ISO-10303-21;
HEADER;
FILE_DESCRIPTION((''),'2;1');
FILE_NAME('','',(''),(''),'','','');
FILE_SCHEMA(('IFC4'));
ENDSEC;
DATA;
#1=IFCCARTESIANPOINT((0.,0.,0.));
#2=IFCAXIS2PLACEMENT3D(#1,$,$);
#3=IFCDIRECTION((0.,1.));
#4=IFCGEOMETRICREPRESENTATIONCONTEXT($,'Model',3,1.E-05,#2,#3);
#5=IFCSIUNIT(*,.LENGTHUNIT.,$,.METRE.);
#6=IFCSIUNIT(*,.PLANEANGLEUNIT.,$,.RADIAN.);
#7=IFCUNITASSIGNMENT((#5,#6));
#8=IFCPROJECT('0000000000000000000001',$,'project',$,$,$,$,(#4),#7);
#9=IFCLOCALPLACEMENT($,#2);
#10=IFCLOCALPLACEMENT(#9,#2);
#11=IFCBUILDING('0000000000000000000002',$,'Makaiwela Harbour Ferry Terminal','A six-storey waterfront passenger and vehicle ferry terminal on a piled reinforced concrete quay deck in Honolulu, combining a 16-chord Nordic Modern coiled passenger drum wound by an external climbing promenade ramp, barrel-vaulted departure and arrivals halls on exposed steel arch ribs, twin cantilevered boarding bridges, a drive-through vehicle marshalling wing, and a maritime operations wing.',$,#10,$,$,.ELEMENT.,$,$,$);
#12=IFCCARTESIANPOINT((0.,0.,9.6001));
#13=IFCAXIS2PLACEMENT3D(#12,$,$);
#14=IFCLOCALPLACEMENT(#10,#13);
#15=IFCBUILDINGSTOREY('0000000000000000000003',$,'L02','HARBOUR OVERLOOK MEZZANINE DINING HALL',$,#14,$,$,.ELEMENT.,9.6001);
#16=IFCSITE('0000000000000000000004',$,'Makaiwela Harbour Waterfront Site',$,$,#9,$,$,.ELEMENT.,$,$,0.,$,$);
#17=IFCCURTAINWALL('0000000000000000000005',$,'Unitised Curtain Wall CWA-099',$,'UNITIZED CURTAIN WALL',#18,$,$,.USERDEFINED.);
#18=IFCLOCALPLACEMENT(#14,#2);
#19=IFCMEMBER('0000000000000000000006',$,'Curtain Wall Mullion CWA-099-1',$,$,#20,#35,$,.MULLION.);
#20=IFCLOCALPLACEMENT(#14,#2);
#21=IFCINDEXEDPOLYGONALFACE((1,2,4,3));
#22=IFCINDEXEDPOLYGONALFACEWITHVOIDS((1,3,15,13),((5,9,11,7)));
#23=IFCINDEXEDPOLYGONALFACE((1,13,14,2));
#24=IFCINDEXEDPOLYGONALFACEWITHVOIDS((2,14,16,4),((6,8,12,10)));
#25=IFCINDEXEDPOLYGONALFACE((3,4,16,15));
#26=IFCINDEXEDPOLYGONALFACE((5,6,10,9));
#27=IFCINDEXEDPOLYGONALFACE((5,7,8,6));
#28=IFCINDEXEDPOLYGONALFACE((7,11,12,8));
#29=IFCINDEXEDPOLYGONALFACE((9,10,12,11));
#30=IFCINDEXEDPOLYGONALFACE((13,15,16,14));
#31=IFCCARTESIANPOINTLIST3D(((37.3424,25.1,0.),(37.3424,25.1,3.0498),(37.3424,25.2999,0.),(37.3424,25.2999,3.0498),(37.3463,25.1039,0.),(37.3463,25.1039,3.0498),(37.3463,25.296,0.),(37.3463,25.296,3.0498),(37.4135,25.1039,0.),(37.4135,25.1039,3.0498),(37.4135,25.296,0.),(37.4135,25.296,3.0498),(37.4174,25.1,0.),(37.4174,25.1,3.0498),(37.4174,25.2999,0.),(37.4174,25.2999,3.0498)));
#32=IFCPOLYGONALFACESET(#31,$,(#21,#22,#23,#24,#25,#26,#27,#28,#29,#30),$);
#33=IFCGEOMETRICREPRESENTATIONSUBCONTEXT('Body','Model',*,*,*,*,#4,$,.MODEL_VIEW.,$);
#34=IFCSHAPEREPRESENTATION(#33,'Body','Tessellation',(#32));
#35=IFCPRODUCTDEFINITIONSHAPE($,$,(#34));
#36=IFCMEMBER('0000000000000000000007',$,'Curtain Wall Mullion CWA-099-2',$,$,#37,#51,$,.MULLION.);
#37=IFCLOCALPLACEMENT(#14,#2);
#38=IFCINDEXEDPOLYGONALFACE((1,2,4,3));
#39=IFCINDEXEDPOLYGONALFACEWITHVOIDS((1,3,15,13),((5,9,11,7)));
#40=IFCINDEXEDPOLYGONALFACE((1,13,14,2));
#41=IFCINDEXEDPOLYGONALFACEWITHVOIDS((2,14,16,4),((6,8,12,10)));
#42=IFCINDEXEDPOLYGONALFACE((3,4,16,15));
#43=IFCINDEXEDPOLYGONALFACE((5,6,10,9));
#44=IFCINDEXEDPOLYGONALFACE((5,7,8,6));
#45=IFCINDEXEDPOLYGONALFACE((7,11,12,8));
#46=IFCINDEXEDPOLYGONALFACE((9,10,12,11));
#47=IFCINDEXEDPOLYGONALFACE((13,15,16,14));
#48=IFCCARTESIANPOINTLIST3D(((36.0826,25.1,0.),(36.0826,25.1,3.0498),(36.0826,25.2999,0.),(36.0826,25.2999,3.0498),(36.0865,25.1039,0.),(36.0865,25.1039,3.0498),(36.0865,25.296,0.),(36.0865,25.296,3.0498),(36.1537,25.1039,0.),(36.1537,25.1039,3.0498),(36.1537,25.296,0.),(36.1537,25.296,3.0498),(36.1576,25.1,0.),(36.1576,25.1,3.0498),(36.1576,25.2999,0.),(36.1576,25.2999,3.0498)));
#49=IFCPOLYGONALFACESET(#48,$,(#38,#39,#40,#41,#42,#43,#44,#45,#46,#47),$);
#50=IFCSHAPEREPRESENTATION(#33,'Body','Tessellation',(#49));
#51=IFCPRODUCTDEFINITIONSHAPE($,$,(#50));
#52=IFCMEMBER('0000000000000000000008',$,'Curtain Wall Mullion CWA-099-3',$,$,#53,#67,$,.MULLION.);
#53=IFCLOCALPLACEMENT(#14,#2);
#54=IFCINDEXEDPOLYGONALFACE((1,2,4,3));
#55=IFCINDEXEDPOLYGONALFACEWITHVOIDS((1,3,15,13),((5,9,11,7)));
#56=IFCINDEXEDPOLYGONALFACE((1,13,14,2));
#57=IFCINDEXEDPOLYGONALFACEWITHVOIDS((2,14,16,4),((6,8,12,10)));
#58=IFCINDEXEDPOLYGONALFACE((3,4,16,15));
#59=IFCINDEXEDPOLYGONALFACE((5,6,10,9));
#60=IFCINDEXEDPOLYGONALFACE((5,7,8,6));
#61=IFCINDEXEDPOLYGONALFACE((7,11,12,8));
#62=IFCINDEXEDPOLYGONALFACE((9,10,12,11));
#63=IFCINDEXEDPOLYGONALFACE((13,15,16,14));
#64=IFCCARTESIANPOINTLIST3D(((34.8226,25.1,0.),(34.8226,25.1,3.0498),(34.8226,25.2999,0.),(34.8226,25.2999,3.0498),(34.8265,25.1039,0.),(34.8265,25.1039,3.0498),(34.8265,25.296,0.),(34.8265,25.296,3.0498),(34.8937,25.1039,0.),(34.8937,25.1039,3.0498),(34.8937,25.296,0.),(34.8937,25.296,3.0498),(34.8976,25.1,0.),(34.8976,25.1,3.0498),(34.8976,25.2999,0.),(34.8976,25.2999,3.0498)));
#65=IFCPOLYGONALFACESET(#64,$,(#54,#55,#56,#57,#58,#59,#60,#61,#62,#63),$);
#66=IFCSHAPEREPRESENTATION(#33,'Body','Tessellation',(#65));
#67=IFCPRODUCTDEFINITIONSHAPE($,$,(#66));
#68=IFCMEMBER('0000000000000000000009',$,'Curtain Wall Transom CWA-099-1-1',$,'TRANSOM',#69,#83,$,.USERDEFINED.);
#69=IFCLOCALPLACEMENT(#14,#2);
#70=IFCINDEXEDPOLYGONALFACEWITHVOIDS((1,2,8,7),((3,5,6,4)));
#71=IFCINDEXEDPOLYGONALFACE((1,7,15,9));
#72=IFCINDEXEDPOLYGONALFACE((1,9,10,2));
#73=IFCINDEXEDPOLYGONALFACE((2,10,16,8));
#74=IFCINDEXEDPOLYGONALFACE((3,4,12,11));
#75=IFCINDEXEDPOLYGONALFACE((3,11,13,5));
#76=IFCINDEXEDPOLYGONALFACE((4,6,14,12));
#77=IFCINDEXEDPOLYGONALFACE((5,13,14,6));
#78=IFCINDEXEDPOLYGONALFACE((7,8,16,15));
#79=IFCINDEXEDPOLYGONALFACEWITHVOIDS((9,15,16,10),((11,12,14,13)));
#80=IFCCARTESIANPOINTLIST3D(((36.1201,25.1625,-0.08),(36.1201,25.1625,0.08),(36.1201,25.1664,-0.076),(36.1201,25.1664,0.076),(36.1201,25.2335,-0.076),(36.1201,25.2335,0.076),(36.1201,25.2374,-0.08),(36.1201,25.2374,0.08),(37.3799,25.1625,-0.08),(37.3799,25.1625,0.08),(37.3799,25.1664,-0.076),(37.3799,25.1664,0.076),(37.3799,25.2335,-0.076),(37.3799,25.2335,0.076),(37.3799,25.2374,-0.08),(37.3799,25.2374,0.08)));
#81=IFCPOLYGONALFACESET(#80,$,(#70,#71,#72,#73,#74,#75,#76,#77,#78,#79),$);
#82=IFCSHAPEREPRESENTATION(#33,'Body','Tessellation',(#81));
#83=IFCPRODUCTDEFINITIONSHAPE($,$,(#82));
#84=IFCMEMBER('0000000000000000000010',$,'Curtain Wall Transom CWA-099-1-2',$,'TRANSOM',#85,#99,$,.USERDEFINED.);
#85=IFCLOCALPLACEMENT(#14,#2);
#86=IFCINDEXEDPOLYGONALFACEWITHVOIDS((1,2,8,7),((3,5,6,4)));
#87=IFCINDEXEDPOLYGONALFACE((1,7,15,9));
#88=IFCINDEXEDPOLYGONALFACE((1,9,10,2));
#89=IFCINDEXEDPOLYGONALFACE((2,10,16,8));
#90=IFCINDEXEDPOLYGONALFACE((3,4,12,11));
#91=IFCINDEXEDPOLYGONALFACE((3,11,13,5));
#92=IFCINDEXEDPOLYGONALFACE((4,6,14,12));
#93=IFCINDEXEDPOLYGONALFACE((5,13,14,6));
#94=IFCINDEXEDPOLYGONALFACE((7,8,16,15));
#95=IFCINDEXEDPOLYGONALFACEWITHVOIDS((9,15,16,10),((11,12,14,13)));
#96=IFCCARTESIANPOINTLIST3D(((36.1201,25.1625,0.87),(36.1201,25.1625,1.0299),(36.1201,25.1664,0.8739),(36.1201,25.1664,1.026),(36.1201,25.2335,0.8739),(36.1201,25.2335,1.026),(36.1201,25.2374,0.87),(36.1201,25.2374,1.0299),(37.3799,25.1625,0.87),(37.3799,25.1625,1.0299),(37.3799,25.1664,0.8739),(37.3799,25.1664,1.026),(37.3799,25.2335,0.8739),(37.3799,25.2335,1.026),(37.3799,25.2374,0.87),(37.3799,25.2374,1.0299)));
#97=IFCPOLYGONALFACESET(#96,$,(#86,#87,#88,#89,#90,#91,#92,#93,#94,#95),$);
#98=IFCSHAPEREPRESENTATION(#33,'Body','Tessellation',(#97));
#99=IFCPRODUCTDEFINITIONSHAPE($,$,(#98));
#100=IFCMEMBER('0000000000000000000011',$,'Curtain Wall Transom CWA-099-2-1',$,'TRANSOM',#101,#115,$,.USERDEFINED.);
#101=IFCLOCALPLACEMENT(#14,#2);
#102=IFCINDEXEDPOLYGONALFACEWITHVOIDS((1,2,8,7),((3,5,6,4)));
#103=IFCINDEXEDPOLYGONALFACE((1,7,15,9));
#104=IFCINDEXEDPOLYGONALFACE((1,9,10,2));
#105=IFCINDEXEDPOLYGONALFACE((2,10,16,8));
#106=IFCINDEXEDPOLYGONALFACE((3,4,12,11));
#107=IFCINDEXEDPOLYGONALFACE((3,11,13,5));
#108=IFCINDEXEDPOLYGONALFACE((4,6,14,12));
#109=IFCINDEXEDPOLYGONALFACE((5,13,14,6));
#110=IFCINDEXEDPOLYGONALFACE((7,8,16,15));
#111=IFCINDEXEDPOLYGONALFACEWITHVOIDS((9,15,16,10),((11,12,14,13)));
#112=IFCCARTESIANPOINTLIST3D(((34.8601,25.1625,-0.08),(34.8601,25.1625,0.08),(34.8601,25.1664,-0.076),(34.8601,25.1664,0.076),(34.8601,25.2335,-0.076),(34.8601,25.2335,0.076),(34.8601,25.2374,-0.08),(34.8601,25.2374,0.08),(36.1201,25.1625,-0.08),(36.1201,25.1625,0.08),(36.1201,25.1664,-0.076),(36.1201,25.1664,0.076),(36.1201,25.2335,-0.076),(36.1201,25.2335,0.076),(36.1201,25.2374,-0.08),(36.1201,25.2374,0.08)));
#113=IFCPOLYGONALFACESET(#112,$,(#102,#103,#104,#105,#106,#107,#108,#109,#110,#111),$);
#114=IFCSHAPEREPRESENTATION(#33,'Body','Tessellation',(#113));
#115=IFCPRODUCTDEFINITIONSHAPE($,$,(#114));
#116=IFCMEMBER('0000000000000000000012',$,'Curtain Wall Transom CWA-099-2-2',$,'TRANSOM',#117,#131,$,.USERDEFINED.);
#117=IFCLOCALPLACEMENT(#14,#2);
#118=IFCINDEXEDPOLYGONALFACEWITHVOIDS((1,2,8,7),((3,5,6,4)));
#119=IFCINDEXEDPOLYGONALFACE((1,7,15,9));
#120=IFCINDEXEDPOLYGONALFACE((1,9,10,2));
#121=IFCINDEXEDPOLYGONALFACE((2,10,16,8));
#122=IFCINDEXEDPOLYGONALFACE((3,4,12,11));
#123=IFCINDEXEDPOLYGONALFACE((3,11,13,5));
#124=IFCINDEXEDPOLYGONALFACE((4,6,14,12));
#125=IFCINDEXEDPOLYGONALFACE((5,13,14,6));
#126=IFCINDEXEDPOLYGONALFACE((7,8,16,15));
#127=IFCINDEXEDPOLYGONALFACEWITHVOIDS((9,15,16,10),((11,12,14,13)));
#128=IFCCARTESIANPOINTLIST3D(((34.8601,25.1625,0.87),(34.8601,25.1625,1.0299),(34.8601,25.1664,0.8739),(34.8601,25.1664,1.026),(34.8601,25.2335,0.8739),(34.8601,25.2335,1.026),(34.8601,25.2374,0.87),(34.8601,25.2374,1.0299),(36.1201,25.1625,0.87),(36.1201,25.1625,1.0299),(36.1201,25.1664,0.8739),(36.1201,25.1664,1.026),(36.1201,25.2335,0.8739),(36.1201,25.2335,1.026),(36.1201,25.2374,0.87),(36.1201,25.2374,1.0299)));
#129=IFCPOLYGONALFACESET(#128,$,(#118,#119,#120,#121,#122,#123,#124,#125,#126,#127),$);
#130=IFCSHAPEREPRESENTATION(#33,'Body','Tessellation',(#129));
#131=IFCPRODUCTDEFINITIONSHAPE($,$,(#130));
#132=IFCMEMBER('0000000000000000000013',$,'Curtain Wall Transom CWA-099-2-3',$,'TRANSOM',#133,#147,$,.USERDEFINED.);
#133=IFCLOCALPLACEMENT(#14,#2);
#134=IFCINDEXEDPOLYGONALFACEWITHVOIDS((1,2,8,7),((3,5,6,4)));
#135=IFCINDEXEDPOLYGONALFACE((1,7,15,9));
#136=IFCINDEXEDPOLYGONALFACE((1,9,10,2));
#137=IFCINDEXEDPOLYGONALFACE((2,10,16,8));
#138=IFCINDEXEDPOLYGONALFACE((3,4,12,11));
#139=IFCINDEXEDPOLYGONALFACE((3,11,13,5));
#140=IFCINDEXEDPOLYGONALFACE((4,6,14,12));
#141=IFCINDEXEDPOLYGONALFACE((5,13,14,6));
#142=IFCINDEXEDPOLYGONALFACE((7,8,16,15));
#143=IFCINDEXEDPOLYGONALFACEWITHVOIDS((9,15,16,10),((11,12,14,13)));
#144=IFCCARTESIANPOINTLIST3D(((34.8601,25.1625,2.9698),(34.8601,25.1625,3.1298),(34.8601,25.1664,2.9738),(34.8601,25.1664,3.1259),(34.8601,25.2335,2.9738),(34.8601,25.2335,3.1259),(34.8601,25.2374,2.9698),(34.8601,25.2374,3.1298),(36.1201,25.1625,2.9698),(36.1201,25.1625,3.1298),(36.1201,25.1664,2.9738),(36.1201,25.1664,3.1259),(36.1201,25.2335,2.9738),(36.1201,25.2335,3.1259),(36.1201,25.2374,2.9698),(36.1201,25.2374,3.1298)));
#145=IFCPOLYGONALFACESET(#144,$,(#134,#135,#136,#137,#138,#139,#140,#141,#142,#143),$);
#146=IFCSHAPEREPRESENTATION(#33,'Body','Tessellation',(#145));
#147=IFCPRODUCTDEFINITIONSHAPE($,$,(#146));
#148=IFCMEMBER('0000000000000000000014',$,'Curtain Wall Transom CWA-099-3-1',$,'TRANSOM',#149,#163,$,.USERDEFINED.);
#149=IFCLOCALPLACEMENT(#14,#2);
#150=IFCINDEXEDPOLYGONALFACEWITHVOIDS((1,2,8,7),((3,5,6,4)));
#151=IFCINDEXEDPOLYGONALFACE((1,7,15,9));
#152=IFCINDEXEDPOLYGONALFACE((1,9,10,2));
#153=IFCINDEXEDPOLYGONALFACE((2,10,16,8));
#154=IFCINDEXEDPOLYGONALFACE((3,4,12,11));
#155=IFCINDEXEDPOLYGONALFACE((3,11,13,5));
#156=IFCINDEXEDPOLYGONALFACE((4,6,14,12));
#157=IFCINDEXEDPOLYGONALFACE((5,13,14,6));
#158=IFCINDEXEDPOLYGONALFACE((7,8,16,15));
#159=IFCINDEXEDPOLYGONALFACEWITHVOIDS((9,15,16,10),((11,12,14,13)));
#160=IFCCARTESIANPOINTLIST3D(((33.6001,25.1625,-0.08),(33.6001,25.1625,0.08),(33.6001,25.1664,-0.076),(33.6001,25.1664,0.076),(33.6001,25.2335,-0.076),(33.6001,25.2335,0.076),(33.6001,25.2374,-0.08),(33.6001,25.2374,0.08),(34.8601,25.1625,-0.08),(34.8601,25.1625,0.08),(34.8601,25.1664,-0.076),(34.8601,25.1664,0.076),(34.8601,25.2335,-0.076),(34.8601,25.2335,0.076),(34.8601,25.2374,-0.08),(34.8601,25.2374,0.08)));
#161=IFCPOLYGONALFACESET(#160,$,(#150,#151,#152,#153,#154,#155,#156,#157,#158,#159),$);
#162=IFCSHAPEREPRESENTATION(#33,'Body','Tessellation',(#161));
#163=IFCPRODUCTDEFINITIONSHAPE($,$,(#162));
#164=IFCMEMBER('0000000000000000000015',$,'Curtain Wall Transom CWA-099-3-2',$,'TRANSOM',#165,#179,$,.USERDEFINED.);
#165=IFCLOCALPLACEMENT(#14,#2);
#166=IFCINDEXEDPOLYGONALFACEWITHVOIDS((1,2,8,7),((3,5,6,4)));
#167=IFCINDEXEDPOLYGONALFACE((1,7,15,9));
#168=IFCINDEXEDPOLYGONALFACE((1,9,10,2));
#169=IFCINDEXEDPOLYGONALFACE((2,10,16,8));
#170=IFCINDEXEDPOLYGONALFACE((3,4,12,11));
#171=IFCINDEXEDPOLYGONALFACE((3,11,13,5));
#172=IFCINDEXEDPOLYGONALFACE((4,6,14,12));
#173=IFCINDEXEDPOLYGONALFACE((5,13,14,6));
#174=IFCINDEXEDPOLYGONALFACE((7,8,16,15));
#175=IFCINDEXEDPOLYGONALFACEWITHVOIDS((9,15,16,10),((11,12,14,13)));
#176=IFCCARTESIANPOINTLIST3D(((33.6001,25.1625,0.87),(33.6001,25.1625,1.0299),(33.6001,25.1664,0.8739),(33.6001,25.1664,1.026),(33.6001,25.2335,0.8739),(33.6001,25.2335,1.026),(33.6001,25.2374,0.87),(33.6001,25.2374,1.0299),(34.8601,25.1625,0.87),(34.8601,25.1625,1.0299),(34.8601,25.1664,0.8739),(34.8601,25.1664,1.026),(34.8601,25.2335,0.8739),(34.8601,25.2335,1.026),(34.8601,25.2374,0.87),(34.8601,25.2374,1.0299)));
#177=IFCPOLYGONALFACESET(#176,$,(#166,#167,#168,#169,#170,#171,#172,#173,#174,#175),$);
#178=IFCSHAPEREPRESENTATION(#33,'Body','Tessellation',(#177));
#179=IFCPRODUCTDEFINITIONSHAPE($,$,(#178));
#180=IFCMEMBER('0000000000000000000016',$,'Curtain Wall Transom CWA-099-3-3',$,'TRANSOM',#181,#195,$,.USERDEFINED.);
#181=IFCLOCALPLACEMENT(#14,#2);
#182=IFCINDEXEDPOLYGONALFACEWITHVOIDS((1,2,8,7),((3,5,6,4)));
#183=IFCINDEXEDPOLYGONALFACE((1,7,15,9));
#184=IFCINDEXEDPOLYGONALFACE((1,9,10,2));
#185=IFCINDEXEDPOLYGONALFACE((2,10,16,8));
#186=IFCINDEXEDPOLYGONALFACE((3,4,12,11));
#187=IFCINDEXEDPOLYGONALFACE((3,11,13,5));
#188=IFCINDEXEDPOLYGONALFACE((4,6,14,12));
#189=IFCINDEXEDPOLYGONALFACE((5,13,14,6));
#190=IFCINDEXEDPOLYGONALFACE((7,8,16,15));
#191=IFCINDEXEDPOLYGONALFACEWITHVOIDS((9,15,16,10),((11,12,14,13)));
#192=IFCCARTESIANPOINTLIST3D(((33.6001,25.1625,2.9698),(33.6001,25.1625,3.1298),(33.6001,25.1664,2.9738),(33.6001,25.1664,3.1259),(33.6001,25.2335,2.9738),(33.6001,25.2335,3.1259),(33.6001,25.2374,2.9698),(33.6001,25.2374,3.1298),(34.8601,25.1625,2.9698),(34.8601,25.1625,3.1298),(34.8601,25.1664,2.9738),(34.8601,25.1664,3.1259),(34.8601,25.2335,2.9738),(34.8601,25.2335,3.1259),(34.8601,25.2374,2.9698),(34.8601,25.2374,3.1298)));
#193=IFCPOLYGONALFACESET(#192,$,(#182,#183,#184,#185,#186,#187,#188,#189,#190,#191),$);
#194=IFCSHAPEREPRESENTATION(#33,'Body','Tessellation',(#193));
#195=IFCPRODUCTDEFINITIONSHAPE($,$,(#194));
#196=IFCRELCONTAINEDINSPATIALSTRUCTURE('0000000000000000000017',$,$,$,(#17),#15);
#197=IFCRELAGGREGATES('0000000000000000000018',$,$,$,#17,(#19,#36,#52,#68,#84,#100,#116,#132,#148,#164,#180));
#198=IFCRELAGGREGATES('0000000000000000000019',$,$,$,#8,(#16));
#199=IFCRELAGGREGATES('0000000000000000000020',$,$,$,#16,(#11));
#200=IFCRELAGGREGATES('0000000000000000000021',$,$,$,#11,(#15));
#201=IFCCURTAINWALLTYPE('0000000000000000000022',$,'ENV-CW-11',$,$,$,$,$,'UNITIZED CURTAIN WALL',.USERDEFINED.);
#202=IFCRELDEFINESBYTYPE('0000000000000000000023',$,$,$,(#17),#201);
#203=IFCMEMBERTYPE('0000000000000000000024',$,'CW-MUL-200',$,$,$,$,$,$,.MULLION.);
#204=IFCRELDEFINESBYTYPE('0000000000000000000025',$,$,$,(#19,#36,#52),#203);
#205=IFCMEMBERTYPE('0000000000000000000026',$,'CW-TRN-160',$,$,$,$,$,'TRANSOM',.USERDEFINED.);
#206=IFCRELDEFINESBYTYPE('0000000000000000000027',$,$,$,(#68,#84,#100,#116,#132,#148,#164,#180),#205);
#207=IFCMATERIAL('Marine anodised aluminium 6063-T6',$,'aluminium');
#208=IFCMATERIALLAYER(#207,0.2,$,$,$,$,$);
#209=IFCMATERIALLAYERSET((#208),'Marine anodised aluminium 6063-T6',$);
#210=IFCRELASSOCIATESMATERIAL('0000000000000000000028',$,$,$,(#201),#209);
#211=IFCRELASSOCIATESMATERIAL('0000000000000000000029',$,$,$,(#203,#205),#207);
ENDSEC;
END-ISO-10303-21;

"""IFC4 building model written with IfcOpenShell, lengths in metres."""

from ifc_helpers import new_model, si_unit, direction, frame, origin, origin_2d, place, context, subcontext, project, spatial, hollow_rectangle, extrude, material, layer, layer_set, material_profile, profile_set, type_object, element, aggregate, save


model = new_model("IFC4")

# Units and contexts
model_context = context("Model", 3, precision=1e-05, world=origin(), true_north=direction((0.0, 1.0)))
body_context = subcontext(model_context, "Body", "Model", "MODEL_VIEW")
ifc_project = project(units=[si_unit("LENGTHUNIT", "METRE"), si_unit("PLANEANGLEUNIT", "RADIAN")], contexts=[model_context])

# Site, building, storey
site_placement = place(None, origin())
site = spatial("IfcSite", under=ifc_project, at=site_placement, Name="Makaiwela Harbour Waterfront Site", CompositionType="ELEMENT", RefElevation=0.0)
building_placement = place(site_placement, origin())
building = spatial("IfcBuilding", under=site, at=building_placement, Name="Makaiwela Harbour Ferry Terminal", Description="A six-storey waterfront passenger and vehicle ferry terminal on a piled reinforced concrete quay deck in Honolulu, combining a 16-chord Nordic Modern coiled passenger drum wound by an external climbing promenade ramp, barrel-vaulted departure and arrivals halls on exposed steel arch ribs, twin cantilevered boarding bridges, a drive-through vehicle marshalling wing, and a maritime operations wing.", CompositionType="ELEMENT")
storey_placement = place(building_placement, frame((0.0, 0.0, 9.6001)))
storey = spatial("IfcBuildingStorey", under=building, at=storey_placement, Name="L02", Description="HARBOUR OVERLOOK MEZZANINE DINING HALL", CompositionType="ELEMENT", Elevation=9.6001)

# Curtain wall, members
ifc_material_1 = material(Name="Marine anodised aluminium 6063-T6", Category="aluminium")
ifc_layer_1 = layer(ifc_material_1, 0.2)
ifc_layer_set_1 = layer_set([ifc_layer_1], Name="Marine anodised aluminium 6063-T6")
curtain_wall_type = type_object("IfcCurtainWallType", Name="ENV-CW-11", ElementType="UNITIZED CURTAIN WALL", PredefinedType="USERDEFINED", material=ifc_layer_set_1)
curtain_wall_placement = place(storey_placement, origin())
curtain_wall = element("IfcCurtainWall", 1, at=curtain_wall_placement, inside=storey, type_object=curtain_wall_type, Name="Unitised Curtain Wall CWA-099", ObjectType="UNITIZED CURTAIN WALL", PredefinedType="USERDEFINED")
ifc_material_profile_1 = material_profile(ifc_material_1, hollow_rectangle(XDim=0.075, YDim=0.2, WallThickness=0.0039, at=origin_2d()), Name="CWM-200X75")
ifc_profile_set_1 = profile_set([ifc_material_profile_1], Name="Marine anodised aluminium 6063-T6")
member_type_1 = type_object("IfcMemberType", Name="CW-MUL-200", PredefinedType="MULLION", material=ifc_profile_set_1)
member_1_placement = place(storey_placement, frame((37.3799, 25.2, 0.0), z_axis=(0.0, 0.0, 1.0), x_axis=(1.0, 0.0, 0.0)))
member_1 = element("IfcMember", 2, at=member_1_placement, type_object=member_type_1, Name="Curtain Wall Mullion CWA-099-1", PredefinedType="MULLION", context=body_context, shape_type="SweptSolid", body=[
    extrude(hollow_rectangle(XDim=0.075, YDim=0.2, WallThickness=0.0039, at=origin_2d()), origin(), (0.0, 0.0, 1.0), 3.0498),
])
member_2_placement = place(storey_placement, frame((36.1201, 25.2, 0.0), z_axis=(0.0, 0.0, 1.0), x_axis=(1.0, 0.0, 0.0)))
member_2 = element("IfcMember", 3, at=member_2_placement, type_object=member_type_1, Name="Curtain Wall Mullion CWA-099-2", PredefinedType="MULLION", context=body_context, shape_type="SweptSolid", body=[
    extrude(hollow_rectangle(XDim=0.075, YDim=0.2, WallThickness=0.0039, at=origin_2d()), origin(), (0.0, 0.0, 1.0), 3.0498),
])
member_3_placement = place(storey_placement, frame((34.8601, 25.2, 0.0), z_axis=(0.0, 0.0, 1.0), x_axis=(1.0, 0.0, 0.0)))
member_3 = element("IfcMember", 4, at=member_3_placement, type_object=member_type_1, Name="Curtain Wall Mullion CWA-099-3", PredefinedType="MULLION", context=body_context, shape_type="SweptSolid", body=[
    extrude(hollow_rectangle(XDim=0.075, YDim=0.2, WallThickness=0.0039, at=origin_2d()), origin(), (0.0, 0.0, 1.0), 3.0498),
])
ifc_material_profile_2 = material_profile(ifc_material_1, hollow_rectangle(XDim=0.075, YDim=0.1599, WallThickness=0.0039, at=origin_2d()), Name="CWT-160X75")
ifc_profile_set_2 = profile_set([ifc_material_profile_2], Name="Marine anodised aluminium 6063-T6")
member_type_2 = type_object("IfcMemberType", Name="CW-TRN-160", ElementType="TRANSOM", PredefinedType="USERDEFINED", material=ifc_profile_set_2)
member_4_placement = place(storey_placement, frame((37.3799, 25.2, 0.0), z_axis=(-1.0, 0.0, 0.0), x_axis=(0.0, -1.0, 0.0)))
member_4 = element("IfcMember", 5, at=member_4_placement, type_object=member_type_2, Name="Curtain Wall Transom CWA-099-1-1", ObjectType="TRANSOM", PredefinedType="USERDEFINED", context=body_context, shape_type="SweptSolid", body=[
    extrude(hollow_rectangle(XDim=0.075, YDim=0.1599, WallThickness=0.0039, at=origin_2d()), origin(), (0.0, 0.0, 1.0), 1.2598),
])
member_5_placement = place(storey_placement, frame((37.3799, 25.2, 0.95), z_axis=(-1.0, 0.0, 0.0), x_axis=(0.0, -1.0, 0.0)))
member_5 = element("IfcMember", 6, at=member_5_placement, type_object=member_type_2, Name="Curtain Wall Transom CWA-099-1-2", ObjectType="TRANSOM", PredefinedType="USERDEFINED", context=body_context, shape_type="SweptSolid", body=[
    extrude(hollow_rectangle(XDim=0.075, YDim=0.1599, WallThickness=0.0039, at=origin_2d()), origin(), (0.0, 0.0, 1.0), 1.2598),
])
member_6_placement = place(storey_placement, frame((36.1201, 25.2, 0.0), z_axis=(-1.0, 0.0, 0.0), x_axis=(0.0, -1.0, 0.0)))
member_6 = element("IfcMember", 7, at=member_6_placement, type_object=member_type_2, Name="Curtain Wall Transom CWA-099-2-1", ObjectType="TRANSOM", PredefinedType="USERDEFINED", context=body_context, shape_type="SweptSolid", body=[
    extrude(hollow_rectangle(XDim=0.075, YDim=0.1599, WallThickness=0.0039, at=origin_2d()), origin(), (0.0, 0.0, 1.0), 1.26),
])
member_7_placement = place(storey_placement, frame((36.1201, 25.2, 0.95), z_axis=(-1.0, 0.0, 0.0), x_axis=(0.0, -1.0, 0.0)))
member_7 = element("IfcMember", 8, at=member_7_placement, type_object=member_type_2, Name="Curtain Wall Transom CWA-099-2-2", ObjectType="TRANSOM", PredefinedType="USERDEFINED", context=body_context, shape_type="SweptSolid", body=[
    extrude(hollow_rectangle(XDim=0.075, YDim=0.1599, WallThickness=0.0039, at=origin_2d()), origin(), (0.0, 0.0, 1.0), 1.26),
])
member_8_placement = place(storey_placement, frame((36.1201, 25.2, 3.0498), z_axis=(-1.0, 0.0, 0.0), x_axis=(0.0, -1.0, 0.0)))
member_8 = element("IfcMember", 9, at=member_8_placement, type_object=member_type_2, Name="Curtain Wall Transom CWA-099-2-3", ObjectType="TRANSOM", PredefinedType="USERDEFINED", context=body_context, shape_type="SweptSolid", body=[
    extrude(hollow_rectangle(XDim=0.075, YDim=0.1599, WallThickness=0.0039, at=origin_2d()), origin(), (0.0, 0.0, 1.0), 1.26),
])
member_9_placement = place(storey_placement, frame((34.8601, 25.2, 0.0), z_axis=(-1.0, 0.0, 0.0), x_axis=(0.0, -1.0, 0.0)))
member_9 = element("IfcMember", 10, at=member_9_placement, type_object=member_type_2, Name="Curtain Wall Transom CWA-099-3-1", ObjectType="TRANSOM", PredefinedType="USERDEFINED", context=body_context, shape_type="SweptSolid", body=[
    extrude(hollow_rectangle(XDim=0.075, YDim=0.1599, WallThickness=0.0039, at=origin_2d()), origin(), (0.0, 0.0, 1.0), 1.26),
])
member_10_placement = place(storey_placement, frame((34.8601, 25.2, 0.95), z_axis=(-1.0, 0.0, 0.0), x_axis=(0.0, -1.0, 0.0)))
member_10 = element("IfcMember", 11, at=member_10_placement, type_object=member_type_2, Name="Curtain Wall Transom CWA-099-3-2", ObjectType="TRANSOM", PredefinedType="USERDEFINED", context=body_context, shape_type="SweptSolid", body=[
    extrude(hollow_rectangle(XDim=0.075, YDim=0.1599, WallThickness=0.0039, at=origin_2d()), origin(), (0.0, 0.0, 1.0), 1.26),
])
member_11_placement = place(storey_placement, frame((34.8601, 25.2, 3.0498), z_axis=(-1.0, 0.0, 0.0), x_axis=(0.0, -1.0, 0.0)))
member_11 = element("IfcMember", 12, at=member_11_placement, type_object=member_type_2, Name="Curtain Wall Transom CWA-099-3-3", ObjectType="TRANSOM", PredefinedType="USERDEFINED", context=body_context, shape_type="SweptSolid", body=[
    extrude(hollow_rectangle(XDim=0.075, YDim=0.1599, WallThickness=0.0039, at=origin_2d()), origin(), (0.0, 0.0, 1.0), 1.26),
])
aggregate(curtain_wall, [member_1, member_2, member_3, member_4, member_5, member_6, member_7, member_8, member_9, member_10, member_11])

save(model, "model.ifc")
